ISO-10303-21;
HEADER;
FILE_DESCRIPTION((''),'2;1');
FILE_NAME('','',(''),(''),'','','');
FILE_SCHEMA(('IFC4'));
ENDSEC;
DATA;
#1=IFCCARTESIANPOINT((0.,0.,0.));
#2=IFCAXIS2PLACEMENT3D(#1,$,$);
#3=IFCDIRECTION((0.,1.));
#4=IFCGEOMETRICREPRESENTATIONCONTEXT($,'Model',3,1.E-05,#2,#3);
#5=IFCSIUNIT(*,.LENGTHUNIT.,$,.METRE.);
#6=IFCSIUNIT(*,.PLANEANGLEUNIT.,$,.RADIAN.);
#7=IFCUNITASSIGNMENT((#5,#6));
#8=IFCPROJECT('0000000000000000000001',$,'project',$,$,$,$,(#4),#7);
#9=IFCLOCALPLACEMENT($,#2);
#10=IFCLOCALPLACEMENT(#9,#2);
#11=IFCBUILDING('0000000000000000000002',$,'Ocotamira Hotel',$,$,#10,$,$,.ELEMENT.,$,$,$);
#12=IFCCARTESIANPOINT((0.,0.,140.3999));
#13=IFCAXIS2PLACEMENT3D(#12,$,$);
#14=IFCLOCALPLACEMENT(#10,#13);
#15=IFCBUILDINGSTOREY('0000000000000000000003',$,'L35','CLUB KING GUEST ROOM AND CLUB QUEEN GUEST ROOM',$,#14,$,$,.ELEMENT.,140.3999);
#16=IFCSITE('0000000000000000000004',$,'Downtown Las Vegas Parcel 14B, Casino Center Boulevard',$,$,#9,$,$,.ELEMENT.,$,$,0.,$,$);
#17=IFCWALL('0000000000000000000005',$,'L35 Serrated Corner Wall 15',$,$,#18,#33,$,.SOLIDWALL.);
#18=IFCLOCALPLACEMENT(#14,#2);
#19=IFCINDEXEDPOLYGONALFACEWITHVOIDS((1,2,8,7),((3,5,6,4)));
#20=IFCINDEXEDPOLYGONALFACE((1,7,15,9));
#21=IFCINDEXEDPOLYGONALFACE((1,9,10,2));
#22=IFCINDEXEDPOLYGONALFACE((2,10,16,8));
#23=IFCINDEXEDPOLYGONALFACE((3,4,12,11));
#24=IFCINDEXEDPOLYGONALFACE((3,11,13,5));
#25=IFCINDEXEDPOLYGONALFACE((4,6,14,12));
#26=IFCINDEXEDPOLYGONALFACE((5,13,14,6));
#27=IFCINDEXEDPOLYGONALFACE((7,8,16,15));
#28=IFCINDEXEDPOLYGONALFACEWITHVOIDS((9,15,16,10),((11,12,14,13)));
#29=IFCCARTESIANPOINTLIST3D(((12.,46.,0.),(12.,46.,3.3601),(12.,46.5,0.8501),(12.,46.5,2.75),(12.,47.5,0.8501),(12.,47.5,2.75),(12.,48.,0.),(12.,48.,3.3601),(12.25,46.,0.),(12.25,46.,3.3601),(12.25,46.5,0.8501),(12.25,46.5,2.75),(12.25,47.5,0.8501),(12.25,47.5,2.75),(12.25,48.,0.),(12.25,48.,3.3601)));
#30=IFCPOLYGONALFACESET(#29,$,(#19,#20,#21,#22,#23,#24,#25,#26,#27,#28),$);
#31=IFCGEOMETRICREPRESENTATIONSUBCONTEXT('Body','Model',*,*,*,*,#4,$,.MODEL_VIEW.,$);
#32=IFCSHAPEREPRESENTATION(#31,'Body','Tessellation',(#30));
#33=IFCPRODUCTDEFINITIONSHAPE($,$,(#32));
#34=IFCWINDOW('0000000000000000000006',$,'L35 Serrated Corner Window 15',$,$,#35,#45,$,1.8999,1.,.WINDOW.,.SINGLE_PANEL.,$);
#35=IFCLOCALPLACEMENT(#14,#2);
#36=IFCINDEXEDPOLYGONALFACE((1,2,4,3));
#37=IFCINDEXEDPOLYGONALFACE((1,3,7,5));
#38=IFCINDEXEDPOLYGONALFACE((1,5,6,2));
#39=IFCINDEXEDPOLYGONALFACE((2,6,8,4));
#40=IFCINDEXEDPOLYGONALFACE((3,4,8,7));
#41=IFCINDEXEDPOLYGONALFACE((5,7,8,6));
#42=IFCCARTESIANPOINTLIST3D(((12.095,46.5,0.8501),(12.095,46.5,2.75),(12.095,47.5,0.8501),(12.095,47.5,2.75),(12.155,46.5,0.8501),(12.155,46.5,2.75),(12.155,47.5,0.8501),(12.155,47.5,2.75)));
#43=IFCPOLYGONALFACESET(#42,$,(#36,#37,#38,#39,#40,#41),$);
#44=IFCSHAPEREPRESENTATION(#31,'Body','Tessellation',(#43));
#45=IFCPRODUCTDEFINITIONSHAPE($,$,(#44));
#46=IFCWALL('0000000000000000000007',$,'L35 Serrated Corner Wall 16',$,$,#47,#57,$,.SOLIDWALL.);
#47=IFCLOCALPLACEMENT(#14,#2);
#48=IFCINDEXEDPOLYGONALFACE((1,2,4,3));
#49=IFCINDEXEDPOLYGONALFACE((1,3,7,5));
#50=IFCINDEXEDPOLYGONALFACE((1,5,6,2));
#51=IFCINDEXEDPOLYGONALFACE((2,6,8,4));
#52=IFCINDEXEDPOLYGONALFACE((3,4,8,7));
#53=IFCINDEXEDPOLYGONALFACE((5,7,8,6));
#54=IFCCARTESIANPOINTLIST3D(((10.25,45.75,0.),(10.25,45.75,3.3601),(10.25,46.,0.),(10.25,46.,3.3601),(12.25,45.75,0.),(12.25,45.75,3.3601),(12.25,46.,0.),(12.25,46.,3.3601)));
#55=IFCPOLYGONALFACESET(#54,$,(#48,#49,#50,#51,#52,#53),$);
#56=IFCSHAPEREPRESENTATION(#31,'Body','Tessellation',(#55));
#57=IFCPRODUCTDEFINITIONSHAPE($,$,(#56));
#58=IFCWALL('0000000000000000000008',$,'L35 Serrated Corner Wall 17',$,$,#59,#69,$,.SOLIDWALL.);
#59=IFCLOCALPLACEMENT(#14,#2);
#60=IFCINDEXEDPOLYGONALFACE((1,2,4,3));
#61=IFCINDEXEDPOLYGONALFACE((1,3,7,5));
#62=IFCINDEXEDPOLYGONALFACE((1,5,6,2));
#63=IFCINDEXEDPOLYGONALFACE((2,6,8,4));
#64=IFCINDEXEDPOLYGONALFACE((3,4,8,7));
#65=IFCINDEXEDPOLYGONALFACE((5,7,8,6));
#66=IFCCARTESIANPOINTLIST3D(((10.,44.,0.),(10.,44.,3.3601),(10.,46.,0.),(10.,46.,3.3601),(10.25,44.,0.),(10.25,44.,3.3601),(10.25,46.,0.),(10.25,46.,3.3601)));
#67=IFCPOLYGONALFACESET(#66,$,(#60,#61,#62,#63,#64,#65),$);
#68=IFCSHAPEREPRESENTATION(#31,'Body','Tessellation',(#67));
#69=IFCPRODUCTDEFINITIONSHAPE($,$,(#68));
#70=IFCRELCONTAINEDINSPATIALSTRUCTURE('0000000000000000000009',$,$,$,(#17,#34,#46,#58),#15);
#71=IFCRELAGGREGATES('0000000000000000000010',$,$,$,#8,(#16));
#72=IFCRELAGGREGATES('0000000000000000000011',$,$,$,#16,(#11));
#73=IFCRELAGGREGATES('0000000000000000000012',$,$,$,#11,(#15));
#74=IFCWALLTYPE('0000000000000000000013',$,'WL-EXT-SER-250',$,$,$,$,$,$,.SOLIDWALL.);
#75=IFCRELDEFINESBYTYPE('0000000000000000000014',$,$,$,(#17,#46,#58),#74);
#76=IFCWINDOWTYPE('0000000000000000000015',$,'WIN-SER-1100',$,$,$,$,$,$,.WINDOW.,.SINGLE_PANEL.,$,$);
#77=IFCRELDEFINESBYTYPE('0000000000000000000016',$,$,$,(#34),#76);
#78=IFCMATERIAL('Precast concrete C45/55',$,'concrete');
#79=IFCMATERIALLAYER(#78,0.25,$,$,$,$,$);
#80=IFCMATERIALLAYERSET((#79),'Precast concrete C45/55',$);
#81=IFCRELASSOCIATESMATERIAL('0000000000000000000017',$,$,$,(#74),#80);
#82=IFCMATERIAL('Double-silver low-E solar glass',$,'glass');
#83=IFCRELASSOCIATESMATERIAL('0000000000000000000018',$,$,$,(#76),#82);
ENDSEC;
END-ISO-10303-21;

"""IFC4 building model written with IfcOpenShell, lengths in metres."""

from ifc_helpers import new_model, si_unit, direction, frame, frame_2d, origin, place, context, subcontext, project, spatial, rectangle, extrude, source, transform, mapped, material, layer, layer_set, type_object, element, fill, save


model = new_model("IFC4")

# Units and contexts
model_context = context("Model", 3, precision=1e-05, world=origin(), true_north=direction((0.0, 1.0)))
body_context = subcontext(model_context, "Body", "Model", "MODEL_VIEW")
ifc_project = project(units=[si_unit("LENGTHUNIT", "METRE"), si_unit("PLANEANGLEUNIT", "RADIAN")], contexts=[model_context])

# Site, building, storey
site_placement = place(None, origin())
site = spatial("IfcSite", under=ifc_project, at=site_placement, Name="Downtown Las Vegas Parcel 14B, Casino Center Boulevard", CompositionType="ELEMENT", RefElevation=0.0)
building_placement = place(site_placement, origin())
building = spatial("IfcBuilding", under=site, at=building_placement, Name="Ocotamira Hotel", CompositionType="ELEMENT")
storey_placement = place(building_placement, frame((0.0, 0.0, 140.3999)))
storey = spatial("IfcBuildingStorey", under=building, at=storey_placement, Name="L35", Description="CLUB KING GUEST ROOM AND CLUB QUEEN GUEST ROOM", CompositionType="ELEMENT", Elevation=140.3999)

# Shared definitions
ifc_material_1 = material(Name="Precast concrete C45/55", Category="concrete")
ifc_layer_1 = layer(ifc_material_1, 0.25)
ifc_layer_set_1 = layer_set([ifc_layer_1], Name="Precast concrete C45/55")
wall_type = type_object("IfcWallType", Name="WL-EXT-SER-250", PredefinedType="SOLIDWALL", material=ifc_layer_set_1)

# Wall, opening, window
wall_1_placement = place(storey_placement, frame((12.125, 48.0, 0.0), z_axis=(0.0, 0.0, 1.0), x_axis=(0.0, -1.0, 0.0)))
wall_1 = element("IfcWall", 1, at=wall_1_placement, inside=storey, type_object=wall_type, Name="L35 Serrated Corner Wall 15", PredefinedType="SOLIDWALL", context=body_context, shape_type="SweptSolid", body=[
    extrude(rectangle(XDim=2.0, YDim=0.25, at=frame_2d((1.0, 0.0))), origin(), (0.0, 0.0, 1.0), 3.3601),
])
opening_placement = place(wall_1_placement, frame((0.5, 0.0, 0.8501)))
opening = element("IfcOpeningElement", 2, at=opening_placement, cuts=wall_1, PredefinedType="OPENING", context=body_context, shape_type="SweptSolid", body=[
    extrude(rectangle(XDim=1.0, YDim=1.8999, at=frame_2d((0.5, 0.95))), frame((0.0, 0.135, 0.0), z_axis=(0.0, -1.0, 0.0), x_axis=(1.0, 0.0, 0.0)), (0.0, 0.0, 1.0), 0.27),
])
ifc_material_2 = material(Name="Double-silver low-E solar glass", Category="glass")
window_type = type_object("IfcWindowType", Name="WIN-SER-1100", PartitioningType="SINGLE_PANEL", PredefinedType="WINDOW", material=ifc_material_2)
shared_shape_1 = source(origin(), body_context, "Body", "SweptSolid", [
    extrude(rectangle(XDim=1.0, YDim=1.8999, at=frame_2d((0.5, 0.95))), frame((0.0, 0.03, 0.0), z_axis=(0.0, -1.0, 0.0), x_axis=(1.0, 0.0, 0.0)), (0.0, 0.0, 1.0), 0.0601),
])
window_placement = place(opening_placement, origin())
window = element("IfcWindow", 3, at=window_placement, inside=storey, type_object=window_type, Name="L35 Serrated Corner Window 15", OverallHeight=1.8999, OverallWidth=1.0, PartitioningType="SINGLE_PANEL", PredefinedType="WINDOW", context=body_context, shape_type="MappedRepresentation", body=[
    mapped(shared_shape_1, transform((0.0, 0.0, 0.0), scale=1.0)),
])
fill(opening, window)

# Walls
for number, where, z_axis, x_axis, name in (
    (4, (12.25, 45.875, 0.0), (0.0, 0.0, 1.0), (-1.0, 0.0, 0.0), "L35 Serrated Corner Wall 16"),
    (5, (10.125, 46.0, 0.0), (0.0, 0.0, 1.0), (0.0, -1.0, 0.0), "L35 Serrated Corner Wall 17"),
):
    element("IfcWall", number, at=place(storey_placement, frame(where, z_axis=z_axis, x_axis=x_axis)), inside=storey, type_object=wall_type, Name=name, PredefinedType="SOLIDWALL", context=body_context, shape_type="SweptSolid", body=[
        extrude(rectangle(XDim=2.0, YDim=0.25, at=frame_2d((1.0, 0.0))), origin(), (0.0, 0.0, 1.0), 3.3601),
    ])

save(model, "model.ifc")
